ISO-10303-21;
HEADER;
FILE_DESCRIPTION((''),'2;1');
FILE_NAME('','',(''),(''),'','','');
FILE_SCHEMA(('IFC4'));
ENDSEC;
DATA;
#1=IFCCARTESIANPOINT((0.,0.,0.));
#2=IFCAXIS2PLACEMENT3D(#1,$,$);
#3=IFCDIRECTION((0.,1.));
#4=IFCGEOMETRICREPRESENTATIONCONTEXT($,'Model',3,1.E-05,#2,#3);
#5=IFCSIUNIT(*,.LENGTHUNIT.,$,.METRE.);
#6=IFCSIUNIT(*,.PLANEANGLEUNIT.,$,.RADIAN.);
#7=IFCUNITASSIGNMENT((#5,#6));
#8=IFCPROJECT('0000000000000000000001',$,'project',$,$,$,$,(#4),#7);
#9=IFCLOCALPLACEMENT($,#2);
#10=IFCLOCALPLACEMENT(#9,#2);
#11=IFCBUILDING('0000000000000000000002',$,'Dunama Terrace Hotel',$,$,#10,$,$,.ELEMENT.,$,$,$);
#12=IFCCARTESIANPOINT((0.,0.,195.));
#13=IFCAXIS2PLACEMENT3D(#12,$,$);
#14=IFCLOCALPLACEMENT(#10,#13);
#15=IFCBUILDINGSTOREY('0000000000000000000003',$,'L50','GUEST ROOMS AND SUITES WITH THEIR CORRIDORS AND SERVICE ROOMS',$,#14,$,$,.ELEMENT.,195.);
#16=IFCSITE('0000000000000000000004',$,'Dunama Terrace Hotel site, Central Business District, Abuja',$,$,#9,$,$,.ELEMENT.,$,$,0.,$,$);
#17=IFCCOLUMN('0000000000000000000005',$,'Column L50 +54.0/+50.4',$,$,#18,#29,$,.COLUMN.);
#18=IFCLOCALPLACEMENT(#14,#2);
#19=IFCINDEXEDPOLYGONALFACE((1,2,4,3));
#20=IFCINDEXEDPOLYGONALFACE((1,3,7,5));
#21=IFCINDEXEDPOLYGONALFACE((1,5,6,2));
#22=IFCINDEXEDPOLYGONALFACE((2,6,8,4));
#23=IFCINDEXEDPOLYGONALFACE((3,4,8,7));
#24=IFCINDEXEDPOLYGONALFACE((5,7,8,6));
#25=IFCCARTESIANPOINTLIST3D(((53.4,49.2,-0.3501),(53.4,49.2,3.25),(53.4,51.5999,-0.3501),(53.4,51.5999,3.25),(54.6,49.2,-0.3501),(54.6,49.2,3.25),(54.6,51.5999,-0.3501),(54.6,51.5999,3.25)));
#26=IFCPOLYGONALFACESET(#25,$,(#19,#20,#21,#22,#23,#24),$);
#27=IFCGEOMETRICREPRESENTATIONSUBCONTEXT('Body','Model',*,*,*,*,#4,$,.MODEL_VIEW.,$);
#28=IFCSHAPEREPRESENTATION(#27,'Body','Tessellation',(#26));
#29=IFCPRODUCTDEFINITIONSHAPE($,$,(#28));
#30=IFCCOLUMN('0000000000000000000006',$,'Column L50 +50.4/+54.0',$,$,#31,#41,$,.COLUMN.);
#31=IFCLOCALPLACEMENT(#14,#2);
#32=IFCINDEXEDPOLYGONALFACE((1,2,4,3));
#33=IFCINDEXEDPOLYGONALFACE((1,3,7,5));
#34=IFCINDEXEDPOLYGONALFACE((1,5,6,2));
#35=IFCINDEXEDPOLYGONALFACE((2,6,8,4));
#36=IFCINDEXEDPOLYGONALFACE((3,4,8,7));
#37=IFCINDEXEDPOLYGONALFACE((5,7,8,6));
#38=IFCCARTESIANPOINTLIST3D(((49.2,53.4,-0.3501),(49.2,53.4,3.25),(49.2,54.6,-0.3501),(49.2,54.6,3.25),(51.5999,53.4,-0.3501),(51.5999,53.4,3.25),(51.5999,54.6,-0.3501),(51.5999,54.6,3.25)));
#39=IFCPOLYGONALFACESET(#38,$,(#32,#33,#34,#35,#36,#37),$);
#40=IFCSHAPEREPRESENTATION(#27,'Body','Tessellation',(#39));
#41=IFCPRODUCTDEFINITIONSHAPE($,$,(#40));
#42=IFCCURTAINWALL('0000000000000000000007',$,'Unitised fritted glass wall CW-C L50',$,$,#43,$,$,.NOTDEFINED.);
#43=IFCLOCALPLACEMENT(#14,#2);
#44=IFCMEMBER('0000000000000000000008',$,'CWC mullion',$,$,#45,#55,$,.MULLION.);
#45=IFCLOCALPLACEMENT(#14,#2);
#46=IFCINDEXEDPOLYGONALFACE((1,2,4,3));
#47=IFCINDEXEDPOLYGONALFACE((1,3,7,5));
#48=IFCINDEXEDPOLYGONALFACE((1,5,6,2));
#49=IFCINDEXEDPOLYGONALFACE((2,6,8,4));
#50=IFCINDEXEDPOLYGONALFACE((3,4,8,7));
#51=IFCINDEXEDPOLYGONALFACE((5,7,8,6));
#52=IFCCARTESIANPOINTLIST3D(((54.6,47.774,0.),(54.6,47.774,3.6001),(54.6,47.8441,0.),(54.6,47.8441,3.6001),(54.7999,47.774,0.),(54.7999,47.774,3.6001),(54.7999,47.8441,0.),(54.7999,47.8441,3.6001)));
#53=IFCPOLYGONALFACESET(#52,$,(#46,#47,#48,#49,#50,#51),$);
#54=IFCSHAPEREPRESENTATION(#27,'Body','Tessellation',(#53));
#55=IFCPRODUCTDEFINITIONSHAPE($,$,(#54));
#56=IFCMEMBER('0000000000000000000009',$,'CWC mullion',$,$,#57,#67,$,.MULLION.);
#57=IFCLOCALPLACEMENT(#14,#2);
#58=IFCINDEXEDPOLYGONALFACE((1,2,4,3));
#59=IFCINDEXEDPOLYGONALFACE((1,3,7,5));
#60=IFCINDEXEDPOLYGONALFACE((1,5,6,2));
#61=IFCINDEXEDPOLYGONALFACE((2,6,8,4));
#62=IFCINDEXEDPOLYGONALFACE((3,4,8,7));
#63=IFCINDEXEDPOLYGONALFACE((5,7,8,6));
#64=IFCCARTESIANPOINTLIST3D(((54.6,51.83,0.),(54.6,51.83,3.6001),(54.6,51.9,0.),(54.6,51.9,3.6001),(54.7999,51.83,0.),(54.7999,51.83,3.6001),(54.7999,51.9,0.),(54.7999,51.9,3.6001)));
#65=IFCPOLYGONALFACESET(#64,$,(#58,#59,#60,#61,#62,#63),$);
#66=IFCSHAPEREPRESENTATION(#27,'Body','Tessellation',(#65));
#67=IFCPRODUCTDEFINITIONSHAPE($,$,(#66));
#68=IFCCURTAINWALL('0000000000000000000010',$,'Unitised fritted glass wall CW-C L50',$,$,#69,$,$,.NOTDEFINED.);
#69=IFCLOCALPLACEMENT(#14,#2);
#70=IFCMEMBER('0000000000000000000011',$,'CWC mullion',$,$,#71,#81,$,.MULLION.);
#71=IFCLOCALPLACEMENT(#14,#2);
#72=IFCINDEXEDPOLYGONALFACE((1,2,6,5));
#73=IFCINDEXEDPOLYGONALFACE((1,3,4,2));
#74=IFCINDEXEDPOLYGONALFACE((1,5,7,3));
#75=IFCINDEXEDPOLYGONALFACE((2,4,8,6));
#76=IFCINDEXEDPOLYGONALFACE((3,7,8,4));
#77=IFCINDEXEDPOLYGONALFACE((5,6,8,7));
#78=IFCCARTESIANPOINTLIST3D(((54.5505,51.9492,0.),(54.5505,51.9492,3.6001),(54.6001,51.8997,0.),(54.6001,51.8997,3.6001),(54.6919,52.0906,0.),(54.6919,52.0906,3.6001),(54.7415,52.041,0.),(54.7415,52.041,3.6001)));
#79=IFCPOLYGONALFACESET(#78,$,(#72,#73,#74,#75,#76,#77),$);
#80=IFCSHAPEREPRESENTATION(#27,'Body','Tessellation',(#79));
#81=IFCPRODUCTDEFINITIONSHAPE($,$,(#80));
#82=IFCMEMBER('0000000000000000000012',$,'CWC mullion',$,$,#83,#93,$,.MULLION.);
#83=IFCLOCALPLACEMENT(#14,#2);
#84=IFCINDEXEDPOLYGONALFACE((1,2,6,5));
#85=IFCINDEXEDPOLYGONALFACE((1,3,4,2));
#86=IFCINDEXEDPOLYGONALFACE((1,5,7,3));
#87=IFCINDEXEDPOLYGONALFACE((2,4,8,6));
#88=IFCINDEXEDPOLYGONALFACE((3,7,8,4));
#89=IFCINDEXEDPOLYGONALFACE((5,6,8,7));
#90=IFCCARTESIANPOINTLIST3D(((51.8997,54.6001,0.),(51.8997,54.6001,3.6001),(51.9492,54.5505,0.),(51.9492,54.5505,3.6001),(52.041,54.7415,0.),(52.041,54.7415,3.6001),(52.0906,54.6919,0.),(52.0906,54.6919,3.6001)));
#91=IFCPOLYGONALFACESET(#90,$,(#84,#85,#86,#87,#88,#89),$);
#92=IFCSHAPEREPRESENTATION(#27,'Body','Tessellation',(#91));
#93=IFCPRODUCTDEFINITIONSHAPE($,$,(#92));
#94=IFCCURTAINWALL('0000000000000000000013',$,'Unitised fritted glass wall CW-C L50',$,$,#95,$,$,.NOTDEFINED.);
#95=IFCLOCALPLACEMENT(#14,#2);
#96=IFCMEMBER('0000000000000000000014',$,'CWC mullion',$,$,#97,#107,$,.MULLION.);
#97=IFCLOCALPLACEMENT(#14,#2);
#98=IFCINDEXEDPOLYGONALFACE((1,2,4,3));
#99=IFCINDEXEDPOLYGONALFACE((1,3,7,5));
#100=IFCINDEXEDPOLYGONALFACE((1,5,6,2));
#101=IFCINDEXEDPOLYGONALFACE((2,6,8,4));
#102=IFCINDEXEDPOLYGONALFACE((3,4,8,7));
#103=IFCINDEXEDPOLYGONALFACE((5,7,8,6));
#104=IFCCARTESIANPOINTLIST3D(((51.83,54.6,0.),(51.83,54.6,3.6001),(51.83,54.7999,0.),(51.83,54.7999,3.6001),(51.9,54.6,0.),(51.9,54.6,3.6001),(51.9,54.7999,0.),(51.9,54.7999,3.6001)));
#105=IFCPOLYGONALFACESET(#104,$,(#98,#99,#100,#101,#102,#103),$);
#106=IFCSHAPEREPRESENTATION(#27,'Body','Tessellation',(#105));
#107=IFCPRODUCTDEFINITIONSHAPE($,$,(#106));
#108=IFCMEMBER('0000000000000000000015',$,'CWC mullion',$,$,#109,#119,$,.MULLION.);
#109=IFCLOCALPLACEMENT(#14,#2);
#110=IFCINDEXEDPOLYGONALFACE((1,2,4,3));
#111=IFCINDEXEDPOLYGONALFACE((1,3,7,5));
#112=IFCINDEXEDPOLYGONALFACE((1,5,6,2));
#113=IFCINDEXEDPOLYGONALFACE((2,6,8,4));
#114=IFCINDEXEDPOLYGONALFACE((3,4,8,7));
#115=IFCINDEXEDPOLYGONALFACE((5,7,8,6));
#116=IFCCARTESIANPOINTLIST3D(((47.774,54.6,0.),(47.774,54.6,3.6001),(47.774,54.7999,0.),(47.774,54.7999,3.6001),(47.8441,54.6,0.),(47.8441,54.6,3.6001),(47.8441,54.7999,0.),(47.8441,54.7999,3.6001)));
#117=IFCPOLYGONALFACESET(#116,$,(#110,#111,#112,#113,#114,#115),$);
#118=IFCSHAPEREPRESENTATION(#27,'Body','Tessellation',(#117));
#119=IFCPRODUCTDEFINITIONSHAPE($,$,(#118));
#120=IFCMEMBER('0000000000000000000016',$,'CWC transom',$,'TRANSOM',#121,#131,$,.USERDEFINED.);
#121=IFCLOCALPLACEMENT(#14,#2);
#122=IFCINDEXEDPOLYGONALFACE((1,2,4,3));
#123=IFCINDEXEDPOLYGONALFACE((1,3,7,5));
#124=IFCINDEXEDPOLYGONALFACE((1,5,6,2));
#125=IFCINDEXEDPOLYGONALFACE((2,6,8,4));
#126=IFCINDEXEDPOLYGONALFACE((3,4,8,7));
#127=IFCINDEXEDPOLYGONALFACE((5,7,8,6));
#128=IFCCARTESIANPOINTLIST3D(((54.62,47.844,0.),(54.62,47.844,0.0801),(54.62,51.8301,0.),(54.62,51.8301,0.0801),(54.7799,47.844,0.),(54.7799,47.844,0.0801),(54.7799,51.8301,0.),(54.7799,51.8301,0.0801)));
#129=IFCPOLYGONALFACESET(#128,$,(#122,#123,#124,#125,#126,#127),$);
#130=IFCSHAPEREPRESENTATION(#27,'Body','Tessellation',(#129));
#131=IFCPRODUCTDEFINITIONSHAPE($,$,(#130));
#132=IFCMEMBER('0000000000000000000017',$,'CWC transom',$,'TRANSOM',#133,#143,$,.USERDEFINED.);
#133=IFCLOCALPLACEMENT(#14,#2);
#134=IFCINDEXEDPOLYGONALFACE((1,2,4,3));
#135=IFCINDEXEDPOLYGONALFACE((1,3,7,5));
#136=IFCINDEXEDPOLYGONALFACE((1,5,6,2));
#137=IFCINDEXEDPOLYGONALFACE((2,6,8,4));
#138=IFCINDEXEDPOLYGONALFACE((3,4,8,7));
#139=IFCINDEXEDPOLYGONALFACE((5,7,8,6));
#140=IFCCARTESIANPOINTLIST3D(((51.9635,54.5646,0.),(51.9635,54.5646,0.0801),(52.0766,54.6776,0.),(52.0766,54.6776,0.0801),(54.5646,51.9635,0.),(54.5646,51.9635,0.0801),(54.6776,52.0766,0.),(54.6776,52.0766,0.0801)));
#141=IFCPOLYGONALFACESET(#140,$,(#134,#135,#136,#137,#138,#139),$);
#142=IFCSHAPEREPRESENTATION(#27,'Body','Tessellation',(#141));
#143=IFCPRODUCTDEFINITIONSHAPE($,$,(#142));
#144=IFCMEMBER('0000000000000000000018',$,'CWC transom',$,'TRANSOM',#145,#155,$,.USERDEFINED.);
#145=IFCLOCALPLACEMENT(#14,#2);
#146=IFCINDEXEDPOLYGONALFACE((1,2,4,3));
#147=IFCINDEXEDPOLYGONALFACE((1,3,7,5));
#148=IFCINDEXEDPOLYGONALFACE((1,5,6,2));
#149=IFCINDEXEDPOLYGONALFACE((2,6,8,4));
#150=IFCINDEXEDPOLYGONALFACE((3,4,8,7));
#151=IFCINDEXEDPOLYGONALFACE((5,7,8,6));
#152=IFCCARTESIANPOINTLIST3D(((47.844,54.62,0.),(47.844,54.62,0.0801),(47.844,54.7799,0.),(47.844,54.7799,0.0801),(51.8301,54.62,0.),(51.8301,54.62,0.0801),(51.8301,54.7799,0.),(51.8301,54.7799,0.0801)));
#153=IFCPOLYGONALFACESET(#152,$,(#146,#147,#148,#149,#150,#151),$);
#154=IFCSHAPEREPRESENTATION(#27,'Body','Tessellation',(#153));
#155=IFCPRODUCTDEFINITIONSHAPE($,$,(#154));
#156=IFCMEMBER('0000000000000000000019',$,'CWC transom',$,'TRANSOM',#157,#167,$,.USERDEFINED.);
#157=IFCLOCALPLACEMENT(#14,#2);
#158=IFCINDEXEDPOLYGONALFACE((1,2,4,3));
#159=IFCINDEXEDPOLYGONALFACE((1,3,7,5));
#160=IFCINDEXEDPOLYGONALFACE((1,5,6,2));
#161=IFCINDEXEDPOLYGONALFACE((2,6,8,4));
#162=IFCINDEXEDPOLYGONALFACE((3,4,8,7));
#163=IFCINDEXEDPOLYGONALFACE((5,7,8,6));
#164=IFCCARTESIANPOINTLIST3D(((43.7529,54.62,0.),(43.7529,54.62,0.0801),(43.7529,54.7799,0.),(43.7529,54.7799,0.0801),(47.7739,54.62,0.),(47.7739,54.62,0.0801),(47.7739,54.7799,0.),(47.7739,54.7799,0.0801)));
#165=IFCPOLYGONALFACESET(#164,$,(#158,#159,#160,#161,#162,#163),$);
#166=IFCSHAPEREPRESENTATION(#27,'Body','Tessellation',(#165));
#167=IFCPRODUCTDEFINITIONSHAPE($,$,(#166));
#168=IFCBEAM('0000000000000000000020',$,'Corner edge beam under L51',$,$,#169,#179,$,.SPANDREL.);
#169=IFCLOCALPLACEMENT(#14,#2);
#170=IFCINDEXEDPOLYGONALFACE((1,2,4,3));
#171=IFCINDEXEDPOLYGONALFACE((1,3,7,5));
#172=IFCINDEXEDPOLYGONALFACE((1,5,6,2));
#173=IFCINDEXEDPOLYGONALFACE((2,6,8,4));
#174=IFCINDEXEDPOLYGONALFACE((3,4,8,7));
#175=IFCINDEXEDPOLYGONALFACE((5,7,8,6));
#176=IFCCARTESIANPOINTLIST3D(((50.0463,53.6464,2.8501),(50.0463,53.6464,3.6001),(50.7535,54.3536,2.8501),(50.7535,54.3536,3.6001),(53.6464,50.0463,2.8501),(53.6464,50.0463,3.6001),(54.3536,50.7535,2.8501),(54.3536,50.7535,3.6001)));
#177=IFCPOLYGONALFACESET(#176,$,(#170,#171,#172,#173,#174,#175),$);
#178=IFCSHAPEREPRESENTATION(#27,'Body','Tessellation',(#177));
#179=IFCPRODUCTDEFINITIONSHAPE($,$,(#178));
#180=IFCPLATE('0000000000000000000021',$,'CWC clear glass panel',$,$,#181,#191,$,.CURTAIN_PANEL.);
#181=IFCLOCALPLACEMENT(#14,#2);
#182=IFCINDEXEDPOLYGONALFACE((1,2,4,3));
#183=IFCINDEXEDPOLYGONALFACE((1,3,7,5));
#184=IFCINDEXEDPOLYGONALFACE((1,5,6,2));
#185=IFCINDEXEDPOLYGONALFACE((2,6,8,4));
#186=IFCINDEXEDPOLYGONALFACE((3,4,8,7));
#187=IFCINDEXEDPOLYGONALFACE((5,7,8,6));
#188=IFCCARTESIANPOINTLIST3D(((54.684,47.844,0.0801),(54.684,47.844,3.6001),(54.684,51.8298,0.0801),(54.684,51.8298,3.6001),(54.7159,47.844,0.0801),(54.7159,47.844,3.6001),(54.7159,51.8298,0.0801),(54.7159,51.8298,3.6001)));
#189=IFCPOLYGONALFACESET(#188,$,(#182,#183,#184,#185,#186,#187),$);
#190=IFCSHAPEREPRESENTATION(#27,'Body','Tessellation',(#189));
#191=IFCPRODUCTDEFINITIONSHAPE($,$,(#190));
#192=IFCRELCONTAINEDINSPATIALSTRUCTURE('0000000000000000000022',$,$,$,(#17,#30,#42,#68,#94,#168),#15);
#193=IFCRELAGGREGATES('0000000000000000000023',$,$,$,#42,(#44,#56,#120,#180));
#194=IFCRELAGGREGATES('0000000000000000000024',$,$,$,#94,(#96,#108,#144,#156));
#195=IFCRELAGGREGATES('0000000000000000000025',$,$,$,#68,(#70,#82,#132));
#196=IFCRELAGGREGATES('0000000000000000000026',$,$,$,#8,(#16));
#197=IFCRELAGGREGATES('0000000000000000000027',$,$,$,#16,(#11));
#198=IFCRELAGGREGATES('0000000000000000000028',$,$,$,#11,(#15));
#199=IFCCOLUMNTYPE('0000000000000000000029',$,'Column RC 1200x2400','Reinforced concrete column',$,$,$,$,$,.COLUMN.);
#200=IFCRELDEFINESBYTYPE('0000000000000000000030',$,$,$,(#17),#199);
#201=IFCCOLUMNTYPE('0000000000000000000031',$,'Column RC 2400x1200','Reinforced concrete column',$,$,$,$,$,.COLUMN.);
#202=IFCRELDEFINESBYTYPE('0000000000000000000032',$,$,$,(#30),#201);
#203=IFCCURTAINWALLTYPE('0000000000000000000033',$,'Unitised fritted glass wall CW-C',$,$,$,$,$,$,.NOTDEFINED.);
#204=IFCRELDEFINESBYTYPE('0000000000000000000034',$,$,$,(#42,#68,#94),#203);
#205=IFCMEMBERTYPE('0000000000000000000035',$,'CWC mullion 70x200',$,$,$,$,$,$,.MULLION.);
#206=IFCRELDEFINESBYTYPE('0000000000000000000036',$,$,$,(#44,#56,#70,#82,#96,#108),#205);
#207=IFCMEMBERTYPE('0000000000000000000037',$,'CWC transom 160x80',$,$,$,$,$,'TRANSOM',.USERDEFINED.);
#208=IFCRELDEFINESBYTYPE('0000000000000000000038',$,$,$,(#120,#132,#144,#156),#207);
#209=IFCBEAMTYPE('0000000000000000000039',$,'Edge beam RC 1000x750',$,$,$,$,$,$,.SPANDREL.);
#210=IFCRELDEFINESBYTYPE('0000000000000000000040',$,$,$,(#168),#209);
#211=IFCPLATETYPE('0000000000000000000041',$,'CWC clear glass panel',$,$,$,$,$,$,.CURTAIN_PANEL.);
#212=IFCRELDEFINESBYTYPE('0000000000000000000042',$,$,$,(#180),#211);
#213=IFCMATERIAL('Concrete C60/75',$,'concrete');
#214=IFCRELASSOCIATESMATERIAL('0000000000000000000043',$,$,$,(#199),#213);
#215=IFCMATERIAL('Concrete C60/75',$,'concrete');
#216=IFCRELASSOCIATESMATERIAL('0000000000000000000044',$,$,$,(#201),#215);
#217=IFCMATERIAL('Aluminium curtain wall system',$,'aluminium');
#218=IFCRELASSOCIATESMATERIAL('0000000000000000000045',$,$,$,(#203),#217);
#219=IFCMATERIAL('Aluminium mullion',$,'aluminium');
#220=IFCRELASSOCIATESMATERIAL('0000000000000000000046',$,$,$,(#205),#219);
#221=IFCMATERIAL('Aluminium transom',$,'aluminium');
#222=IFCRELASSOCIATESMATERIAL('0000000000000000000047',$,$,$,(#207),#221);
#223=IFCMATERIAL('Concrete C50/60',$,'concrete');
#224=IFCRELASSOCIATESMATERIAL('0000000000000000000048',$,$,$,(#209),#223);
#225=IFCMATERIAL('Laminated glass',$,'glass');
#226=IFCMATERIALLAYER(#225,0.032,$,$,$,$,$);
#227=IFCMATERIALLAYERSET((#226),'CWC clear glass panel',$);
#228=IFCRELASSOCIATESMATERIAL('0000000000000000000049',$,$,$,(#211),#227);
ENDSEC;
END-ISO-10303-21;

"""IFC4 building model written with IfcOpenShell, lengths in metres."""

from ifc_helpers import new_model, si_unit, direction, frame, origin, origin_2d, place, context, subcontext, project, spatial, rectangle, extrude, material, layer, layer_set, material_profile, profile_set, type_object, element, aggregate, save


model = new_model("IFC4")

# Units and contexts
model_context = context("Model", 3, precision=1e-05, world=origin(), true_north=direction((0.0, 1.0)))
body_context = subcontext(model_context, "Body", "Model", "MODEL_VIEW")
ifc_project = project(units=[si_unit("LENGTHUNIT", "METRE"), si_unit("PLANEANGLEUNIT", "RADIAN")], contexts=[model_context])

# Site, building, storey
site_placement = place(None, origin())
site = spatial("IfcSite", under=ifc_project, at=site_placement, Name="Dunama Terrace Hotel site, Central Business District, Abuja", CompositionType="ELEMENT", RefElevation=0.0)
building_placement = place(site_placement, origin())
building = spatial("IfcBuilding", under=site, at=building_placement, Name="Dunama Terrace Hotel", CompositionType="ELEMENT")
storey_placement = place(building_placement, frame((0.0, 0.0, 195.0)))
storey = spatial("IfcBuildingStorey", under=building, at=storey_placement, Name="L50", Description="GUEST ROOMS AND SUITES WITH THEIR CORRIDORS AND SERVICE ROOMS", CompositionType="ELEMENT", Elevation=195.0)

# Columns
ifc_material_1 = material(Name="Concrete C60/75", Category="concrete")
ifc_material_profile_1 = material_profile(ifc_material_1, rectangle(XDim=1.2, YDim=2.3999, at=origin_2d()), Name="RC 1200x2400")
ifc_profile_set_1 = profile_set([ifc_material_profile_1], Name="Concrete C60/75")
column_type_1 = type_object("IfcColumnType", Name="Column RC 1200x2400", Description="Reinforced concrete column", PredefinedType="COLUMN", material=ifc_profile_set_1)
column_1_placement = place(storey_placement, frame((54.0, 50.3999, -0.3501), z_axis=(0.0, 0.0, 1.0), x_axis=(1.0, 0.0, 0.0)))
element("IfcColumn", 1, at=column_1_placement, inside=storey, type_object=column_type_1, Name="Column L50 +54.0/+50.4", PredefinedType="COLUMN", context=body_context, shape_type="SweptSolid", body=[
    extrude(rectangle(XDim=1.2, YDim=2.3999, at=origin_2d()), origin(), (0.0, 0.0, 1.0), 3.6001),
])
ifc_material_2 = material(Name="Concrete C60/75", Category="concrete")
ifc_material_profile_2 = material_profile(ifc_material_2, rectangle(XDim=2.3999, YDim=1.2, at=origin_2d()), Name="RC 2400x1200")
ifc_profile_set_2 = profile_set([ifc_material_profile_2], Name="Concrete C60/75")
column_type_2 = type_object("IfcColumnType", Name="Column RC 2400x1200", Description="Reinforced concrete column", PredefinedType="COLUMN", material=ifc_profile_set_2)
column_2_placement = place(storey_placement, frame((50.3999, 54.0, -0.3501), z_axis=(0.0, 0.0, 1.0), x_axis=(1.0, 0.0, 0.0)))
element("IfcColumn", 2, at=column_2_placement, inside=storey, type_object=column_type_2, Name="Column L50 +50.4/+54.0", PredefinedType="COLUMN", context=body_context, shape_type="SweptSolid", body=[
    extrude(rectangle(XDim=2.3999, YDim=1.2, at=origin_2d()), origin(), (0.0, 0.0, 1.0), 3.6001),
])

# Curtain walls, members
ifc_material_3 = material(Name="Aluminium curtain wall system", Category="aluminium")
curtain_wall_type = type_object("IfcCurtainWallType", Name="Unitised fritted glass wall CW-C", PredefinedType="NOTDEFINED", material=ifc_material_3)
curtain_wall_1_placement = place(storey_placement, origin())
curtain_wall_1 = element("IfcCurtainWall", 3, at=curtain_wall_1_placement, inside=storey, type_object=curtain_wall_type, Name="Unitised fritted glass wall CW-C L50", PredefinedType="NOTDEFINED")
ifc_material_4 = material(Name="Aluminium mullion", Category="aluminium")
ifc_material_profile_3 = material_profile(ifc_material_4, rectangle(XDim=0.0701, YDim=0.2, at=origin_2d()), Name="CWC MULLION 70X200")
ifc_profile_set_3 = profile_set([ifc_material_profile_3], Name="Aluminium mullion")
member_type_1 = type_object("IfcMemberType", Name="CWC mullion 70x200", PredefinedType="MULLION", material=ifc_profile_set_3)
member_1_placement = place(storey_placement, frame((54.7, 47.8091, 0.0), z_axis=(0.0, 0.0, 1.0), x_axis=(0.0, 1.0, 0.0)))
member_1 = element("IfcMember", 4, at=member_1_placement, type_object=member_type_1, Name="CWC mullion", PredefinedType="MULLION", context=body_context, shape_type="SweptSolid", body=[
    extrude(rectangle(XDim=0.0701, YDim=0.2, at=origin_2d()), origin(), (0.0, 0.0, 1.0), 3.6001),
])
member_2_placement = place(storey_placement, frame((54.7, 51.865, 0.0), z_axis=(0.0, 0.0, 1.0), x_axis=(0.0, 1.0, 0.0)))
member_2 = element("IfcMember", 5, at=member_2_placement, type_object=member_type_1, Name="CWC mullion", PredefinedType="MULLION", context=body_context, shape_type="SweptSolid", body=[
    extrude(rectangle(XDim=0.0701, YDim=0.2, at=origin_2d()), origin(), (0.0, 0.0, 1.0), 3.6001),
])
curtain_wall_2_placement = place(storey_placement, origin())
curtain_wall_2 = element("IfcCurtainWall", 6, at=curtain_wall_2_placement, inside=storey, type_object=curtain_wall_type, Name="Unitised fritted glass wall CW-C L50", PredefinedType="NOTDEFINED")
member_3_placement = place(storey_placement, frame((54.646, 51.9951, 0.0), z_axis=(0.0, 0.0, 1.0), x_axis=(-0.707107, 0.707107, 0.0)))
member_3 = element("IfcMember", 7, at=member_3_placement, type_object=member_type_1, Name="CWC mullion", PredefinedType="MULLION", context=body_context, shape_type="SweptSolid", body=[
    extrude(rectangle(XDim=0.0701, YDim=0.2, at=origin_2d()), origin(), (0.0, 0.0, 1.0), 3.6001),
])
member_4_placement = place(storey_placement, frame((51.9951, 54.646, 0.0), z_axis=(0.0, 0.0, 1.0), x_axis=(-0.707107, 0.707107, 0.0)))
member_4 = element("IfcMember", 8, at=member_4_placement, type_object=member_type_1, Name="CWC mullion", PredefinedType="MULLION", context=body_context, shape_type="SweptSolid", body=[
    extrude(rectangle(XDim=0.0701, YDim=0.2, at=origin_2d()), origin(), (0.0, 0.0, 1.0), 3.6001),
])
curtain_wall_3_placement = place(storey_placement, origin())
curtain_wall_3 = element("IfcCurtainWall", 9, at=curtain_wall_3_placement, inside=storey, type_object=curtain_wall_type, Name="Unitised fritted glass wall CW-C L50", PredefinedType="NOTDEFINED")
member_5_placement = place(storey_placement, frame((51.865, 54.7, 0.0), z_axis=(0.0, 0.0, 1.0), x_axis=(-1.0, 0.0, 0.0)))
member_5 = element("IfcMember", 10, at=member_5_placement, type_object=member_type_1, Name="CWC mullion", PredefinedType="MULLION", context=body_context, shape_type="SweptSolid", body=[
    extrude(rectangle(XDim=0.0701, YDim=0.2, at=origin_2d()), origin(), (0.0, 0.0, 1.0), 3.6001),
])
member_6_placement = place(storey_placement, frame((47.8091, 54.7, 0.0), z_axis=(0.0, 0.0, 1.0), x_axis=(-1.0, 0.0, 0.0)))
member_6 = element("IfcMember", 11, at=member_6_placement, type_object=member_type_1, Name="CWC mullion", PredefinedType="MULLION", context=body_context, shape_type="SweptSolid", body=[
    extrude(rectangle(XDim=0.0701, YDim=0.2, at=origin_2d()), origin(), (0.0, 0.0, 1.0), 3.6001),
])

# Members
ifc_material_5 = material(Name="Aluminium transom", Category="aluminium")
ifc_material_profile_4 = material_profile(ifc_material_5, rectangle(XDim=0.1599, YDim=0.0801, at=origin_2d()), Name="CWC TRANSOM 160X80")
ifc_profile_set_4 = profile_set([ifc_material_profile_4], Name="Aluminium transom")
member_type_2 = type_object("IfcMemberType", Name="CWC transom 160x80", ElementType="TRANSOM", PredefinedType="USERDEFINED", material=ifc_profile_set_4)
member_7_placement = place(storey_placement, frame((54.7, 47.844, 0.04), z_axis=(0.0, 1.0, 0.0), x_axis=(-1.0, 0.0, 0.0)))
member_7 = element("IfcMember", 12, at=member_7_placement, type_object=member_type_2, Name="CWC transom", ObjectType="TRANSOM", PredefinedType="USERDEFINED", context=body_context, shape_type="SweptSolid", body=[
    extrude(rectangle(XDim=0.1599, YDim=0.0801, at=origin_2d()), origin(), (0.0, 0.0, 1.0), 3.9861),
])
member_8_placement = place(storey_placement, frame((54.6211, 52.02, 0.04), z_axis=(-0.707107, 0.707107, 0.0), x_axis=(-0.707107, -0.707107, 0.0)))
member_8 = element("IfcMember", 13, at=member_8_placement, type_object=member_type_2, Name="CWC transom", ObjectType="TRANSOM", PredefinedType="USERDEFINED", context=body_context, shape_type="SweptSolid", body=[
    extrude(rectangle(XDim=0.1599, YDim=0.0801, at=origin_2d()), origin(), (0.0, 0.0, 1.0), 3.6785),
])
member_9_placement = place(storey_placement, frame((51.8301, 54.7, 0.04), z_axis=(-1.0, 0.0, 0.0), x_axis=(0.0, -1.0, 0.0)))
member_9 = element("IfcMember", 14, at=member_9_placement, type_object=member_type_2, Name="CWC transom", ObjectType="TRANSOM", PredefinedType="USERDEFINED", context=body_context, shape_type="SweptSolid", body=[
    extrude(rectangle(XDim=0.1599, YDim=0.0801, at=origin_2d()), origin(), (0.0, 0.0, 1.0), 3.9861),
])
member_10_placement = place(storey_placement, frame((47.7739, 54.7, 0.04), z_axis=(-1.0, 0.0, 0.0), x_axis=(0.0, -1.0, 0.0)))
member_10 = element("IfcMember", 15, at=member_10_placement, type_object=member_type_2, Name="CWC transom", ObjectType="TRANSOM", PredefinedType="USERDEFINED", context=body_context, shape_type="SweptSolid", body=[
    extrude(rectangle(XDim=0.1599, YDim=0.0801, at=origin_2d()), origin(), (0.0, 0.0, 1.0), 4.021),
])

# Beam
ifc_material_6 = material(Name="Concrete C50/60", Category="concrete")
ifc_material_profile_5 = material_profile(ifc_material_6, rectangle(XDim=1.0, YDim=0.75, at=origin_2d()), Name="RC 1000x750")
ifc_profile_set_5 = profile_set([ifc_material_profile_5], Name="Concrete C50/60")
beam_type = type_object("IfcBeamType", Name="Edge beam RC 1000x750", PredefinedType="SPANDREL", material=ifc_profile_set_5)
beam_placement = place(storey_placement, frame((50.3999, 54.0, 3.2251), z_axis=(0.707107, -0.707107, 0.0), x_axis=(0.707107, 0.707107, 0.0)))
element("IfcBeam", 16, at=beam_placement, inside=storey, type_object=beam_type, Name="Corner edge beam under L51", PredefinedType="SPANDREL", context=body_context, shape_type="SweptSolid", body=[
    extrude(rectangle(XDim=1.0, YDim=0.75, at=origin_2d()), origin(), (0.0, 0.0, 1.0), 5.0913),
])

# Plate
ifc_material_7 = material(Name="Laminated glass", Category="glass")
ifc_layer_1 = layer(ifc_material_7, 0.032)
ifc_layer_set_1 = layer_set([ifc_layer_1], Name="CWC clear glass panel")
plate_type_1 = type_object("IfcPlateType", Name="CWC clear glass panel", PredefinedType="CURTAIN_PANEL", material=ifc_layer_set_1)
plate_1_placement = place(storey_placement, frame((54.7, 49.8369, 0.0801), z_axis=(0.0, 0.0, 1.0), x_axis=(0.0, 1.0, 0.0)))
plate_1 = element("IfcPlate", 17, at=plate_1_placement, type_object=plate_type_1, Name="CWC clear glass panel", PredefinedType="CURTAIN_PANEL", context=body_context, shape_type="SweptSolid", body=[
    extrude(rectangle(XDim=3.9858, YDim=0.032, at=origin_2d()), origin(), (0.0, 0.0, 1.0), 3.52),
])
aggregate(curtain_wall_1, [member_1, member_2, member_7, plate_1])
aggregate(curtain_wall_3, [member_5, member_6, member_9, member_10])
aggregate(curtain_wall_2, [member_3, member_4, member_8])

save(model, "model.ifc")
